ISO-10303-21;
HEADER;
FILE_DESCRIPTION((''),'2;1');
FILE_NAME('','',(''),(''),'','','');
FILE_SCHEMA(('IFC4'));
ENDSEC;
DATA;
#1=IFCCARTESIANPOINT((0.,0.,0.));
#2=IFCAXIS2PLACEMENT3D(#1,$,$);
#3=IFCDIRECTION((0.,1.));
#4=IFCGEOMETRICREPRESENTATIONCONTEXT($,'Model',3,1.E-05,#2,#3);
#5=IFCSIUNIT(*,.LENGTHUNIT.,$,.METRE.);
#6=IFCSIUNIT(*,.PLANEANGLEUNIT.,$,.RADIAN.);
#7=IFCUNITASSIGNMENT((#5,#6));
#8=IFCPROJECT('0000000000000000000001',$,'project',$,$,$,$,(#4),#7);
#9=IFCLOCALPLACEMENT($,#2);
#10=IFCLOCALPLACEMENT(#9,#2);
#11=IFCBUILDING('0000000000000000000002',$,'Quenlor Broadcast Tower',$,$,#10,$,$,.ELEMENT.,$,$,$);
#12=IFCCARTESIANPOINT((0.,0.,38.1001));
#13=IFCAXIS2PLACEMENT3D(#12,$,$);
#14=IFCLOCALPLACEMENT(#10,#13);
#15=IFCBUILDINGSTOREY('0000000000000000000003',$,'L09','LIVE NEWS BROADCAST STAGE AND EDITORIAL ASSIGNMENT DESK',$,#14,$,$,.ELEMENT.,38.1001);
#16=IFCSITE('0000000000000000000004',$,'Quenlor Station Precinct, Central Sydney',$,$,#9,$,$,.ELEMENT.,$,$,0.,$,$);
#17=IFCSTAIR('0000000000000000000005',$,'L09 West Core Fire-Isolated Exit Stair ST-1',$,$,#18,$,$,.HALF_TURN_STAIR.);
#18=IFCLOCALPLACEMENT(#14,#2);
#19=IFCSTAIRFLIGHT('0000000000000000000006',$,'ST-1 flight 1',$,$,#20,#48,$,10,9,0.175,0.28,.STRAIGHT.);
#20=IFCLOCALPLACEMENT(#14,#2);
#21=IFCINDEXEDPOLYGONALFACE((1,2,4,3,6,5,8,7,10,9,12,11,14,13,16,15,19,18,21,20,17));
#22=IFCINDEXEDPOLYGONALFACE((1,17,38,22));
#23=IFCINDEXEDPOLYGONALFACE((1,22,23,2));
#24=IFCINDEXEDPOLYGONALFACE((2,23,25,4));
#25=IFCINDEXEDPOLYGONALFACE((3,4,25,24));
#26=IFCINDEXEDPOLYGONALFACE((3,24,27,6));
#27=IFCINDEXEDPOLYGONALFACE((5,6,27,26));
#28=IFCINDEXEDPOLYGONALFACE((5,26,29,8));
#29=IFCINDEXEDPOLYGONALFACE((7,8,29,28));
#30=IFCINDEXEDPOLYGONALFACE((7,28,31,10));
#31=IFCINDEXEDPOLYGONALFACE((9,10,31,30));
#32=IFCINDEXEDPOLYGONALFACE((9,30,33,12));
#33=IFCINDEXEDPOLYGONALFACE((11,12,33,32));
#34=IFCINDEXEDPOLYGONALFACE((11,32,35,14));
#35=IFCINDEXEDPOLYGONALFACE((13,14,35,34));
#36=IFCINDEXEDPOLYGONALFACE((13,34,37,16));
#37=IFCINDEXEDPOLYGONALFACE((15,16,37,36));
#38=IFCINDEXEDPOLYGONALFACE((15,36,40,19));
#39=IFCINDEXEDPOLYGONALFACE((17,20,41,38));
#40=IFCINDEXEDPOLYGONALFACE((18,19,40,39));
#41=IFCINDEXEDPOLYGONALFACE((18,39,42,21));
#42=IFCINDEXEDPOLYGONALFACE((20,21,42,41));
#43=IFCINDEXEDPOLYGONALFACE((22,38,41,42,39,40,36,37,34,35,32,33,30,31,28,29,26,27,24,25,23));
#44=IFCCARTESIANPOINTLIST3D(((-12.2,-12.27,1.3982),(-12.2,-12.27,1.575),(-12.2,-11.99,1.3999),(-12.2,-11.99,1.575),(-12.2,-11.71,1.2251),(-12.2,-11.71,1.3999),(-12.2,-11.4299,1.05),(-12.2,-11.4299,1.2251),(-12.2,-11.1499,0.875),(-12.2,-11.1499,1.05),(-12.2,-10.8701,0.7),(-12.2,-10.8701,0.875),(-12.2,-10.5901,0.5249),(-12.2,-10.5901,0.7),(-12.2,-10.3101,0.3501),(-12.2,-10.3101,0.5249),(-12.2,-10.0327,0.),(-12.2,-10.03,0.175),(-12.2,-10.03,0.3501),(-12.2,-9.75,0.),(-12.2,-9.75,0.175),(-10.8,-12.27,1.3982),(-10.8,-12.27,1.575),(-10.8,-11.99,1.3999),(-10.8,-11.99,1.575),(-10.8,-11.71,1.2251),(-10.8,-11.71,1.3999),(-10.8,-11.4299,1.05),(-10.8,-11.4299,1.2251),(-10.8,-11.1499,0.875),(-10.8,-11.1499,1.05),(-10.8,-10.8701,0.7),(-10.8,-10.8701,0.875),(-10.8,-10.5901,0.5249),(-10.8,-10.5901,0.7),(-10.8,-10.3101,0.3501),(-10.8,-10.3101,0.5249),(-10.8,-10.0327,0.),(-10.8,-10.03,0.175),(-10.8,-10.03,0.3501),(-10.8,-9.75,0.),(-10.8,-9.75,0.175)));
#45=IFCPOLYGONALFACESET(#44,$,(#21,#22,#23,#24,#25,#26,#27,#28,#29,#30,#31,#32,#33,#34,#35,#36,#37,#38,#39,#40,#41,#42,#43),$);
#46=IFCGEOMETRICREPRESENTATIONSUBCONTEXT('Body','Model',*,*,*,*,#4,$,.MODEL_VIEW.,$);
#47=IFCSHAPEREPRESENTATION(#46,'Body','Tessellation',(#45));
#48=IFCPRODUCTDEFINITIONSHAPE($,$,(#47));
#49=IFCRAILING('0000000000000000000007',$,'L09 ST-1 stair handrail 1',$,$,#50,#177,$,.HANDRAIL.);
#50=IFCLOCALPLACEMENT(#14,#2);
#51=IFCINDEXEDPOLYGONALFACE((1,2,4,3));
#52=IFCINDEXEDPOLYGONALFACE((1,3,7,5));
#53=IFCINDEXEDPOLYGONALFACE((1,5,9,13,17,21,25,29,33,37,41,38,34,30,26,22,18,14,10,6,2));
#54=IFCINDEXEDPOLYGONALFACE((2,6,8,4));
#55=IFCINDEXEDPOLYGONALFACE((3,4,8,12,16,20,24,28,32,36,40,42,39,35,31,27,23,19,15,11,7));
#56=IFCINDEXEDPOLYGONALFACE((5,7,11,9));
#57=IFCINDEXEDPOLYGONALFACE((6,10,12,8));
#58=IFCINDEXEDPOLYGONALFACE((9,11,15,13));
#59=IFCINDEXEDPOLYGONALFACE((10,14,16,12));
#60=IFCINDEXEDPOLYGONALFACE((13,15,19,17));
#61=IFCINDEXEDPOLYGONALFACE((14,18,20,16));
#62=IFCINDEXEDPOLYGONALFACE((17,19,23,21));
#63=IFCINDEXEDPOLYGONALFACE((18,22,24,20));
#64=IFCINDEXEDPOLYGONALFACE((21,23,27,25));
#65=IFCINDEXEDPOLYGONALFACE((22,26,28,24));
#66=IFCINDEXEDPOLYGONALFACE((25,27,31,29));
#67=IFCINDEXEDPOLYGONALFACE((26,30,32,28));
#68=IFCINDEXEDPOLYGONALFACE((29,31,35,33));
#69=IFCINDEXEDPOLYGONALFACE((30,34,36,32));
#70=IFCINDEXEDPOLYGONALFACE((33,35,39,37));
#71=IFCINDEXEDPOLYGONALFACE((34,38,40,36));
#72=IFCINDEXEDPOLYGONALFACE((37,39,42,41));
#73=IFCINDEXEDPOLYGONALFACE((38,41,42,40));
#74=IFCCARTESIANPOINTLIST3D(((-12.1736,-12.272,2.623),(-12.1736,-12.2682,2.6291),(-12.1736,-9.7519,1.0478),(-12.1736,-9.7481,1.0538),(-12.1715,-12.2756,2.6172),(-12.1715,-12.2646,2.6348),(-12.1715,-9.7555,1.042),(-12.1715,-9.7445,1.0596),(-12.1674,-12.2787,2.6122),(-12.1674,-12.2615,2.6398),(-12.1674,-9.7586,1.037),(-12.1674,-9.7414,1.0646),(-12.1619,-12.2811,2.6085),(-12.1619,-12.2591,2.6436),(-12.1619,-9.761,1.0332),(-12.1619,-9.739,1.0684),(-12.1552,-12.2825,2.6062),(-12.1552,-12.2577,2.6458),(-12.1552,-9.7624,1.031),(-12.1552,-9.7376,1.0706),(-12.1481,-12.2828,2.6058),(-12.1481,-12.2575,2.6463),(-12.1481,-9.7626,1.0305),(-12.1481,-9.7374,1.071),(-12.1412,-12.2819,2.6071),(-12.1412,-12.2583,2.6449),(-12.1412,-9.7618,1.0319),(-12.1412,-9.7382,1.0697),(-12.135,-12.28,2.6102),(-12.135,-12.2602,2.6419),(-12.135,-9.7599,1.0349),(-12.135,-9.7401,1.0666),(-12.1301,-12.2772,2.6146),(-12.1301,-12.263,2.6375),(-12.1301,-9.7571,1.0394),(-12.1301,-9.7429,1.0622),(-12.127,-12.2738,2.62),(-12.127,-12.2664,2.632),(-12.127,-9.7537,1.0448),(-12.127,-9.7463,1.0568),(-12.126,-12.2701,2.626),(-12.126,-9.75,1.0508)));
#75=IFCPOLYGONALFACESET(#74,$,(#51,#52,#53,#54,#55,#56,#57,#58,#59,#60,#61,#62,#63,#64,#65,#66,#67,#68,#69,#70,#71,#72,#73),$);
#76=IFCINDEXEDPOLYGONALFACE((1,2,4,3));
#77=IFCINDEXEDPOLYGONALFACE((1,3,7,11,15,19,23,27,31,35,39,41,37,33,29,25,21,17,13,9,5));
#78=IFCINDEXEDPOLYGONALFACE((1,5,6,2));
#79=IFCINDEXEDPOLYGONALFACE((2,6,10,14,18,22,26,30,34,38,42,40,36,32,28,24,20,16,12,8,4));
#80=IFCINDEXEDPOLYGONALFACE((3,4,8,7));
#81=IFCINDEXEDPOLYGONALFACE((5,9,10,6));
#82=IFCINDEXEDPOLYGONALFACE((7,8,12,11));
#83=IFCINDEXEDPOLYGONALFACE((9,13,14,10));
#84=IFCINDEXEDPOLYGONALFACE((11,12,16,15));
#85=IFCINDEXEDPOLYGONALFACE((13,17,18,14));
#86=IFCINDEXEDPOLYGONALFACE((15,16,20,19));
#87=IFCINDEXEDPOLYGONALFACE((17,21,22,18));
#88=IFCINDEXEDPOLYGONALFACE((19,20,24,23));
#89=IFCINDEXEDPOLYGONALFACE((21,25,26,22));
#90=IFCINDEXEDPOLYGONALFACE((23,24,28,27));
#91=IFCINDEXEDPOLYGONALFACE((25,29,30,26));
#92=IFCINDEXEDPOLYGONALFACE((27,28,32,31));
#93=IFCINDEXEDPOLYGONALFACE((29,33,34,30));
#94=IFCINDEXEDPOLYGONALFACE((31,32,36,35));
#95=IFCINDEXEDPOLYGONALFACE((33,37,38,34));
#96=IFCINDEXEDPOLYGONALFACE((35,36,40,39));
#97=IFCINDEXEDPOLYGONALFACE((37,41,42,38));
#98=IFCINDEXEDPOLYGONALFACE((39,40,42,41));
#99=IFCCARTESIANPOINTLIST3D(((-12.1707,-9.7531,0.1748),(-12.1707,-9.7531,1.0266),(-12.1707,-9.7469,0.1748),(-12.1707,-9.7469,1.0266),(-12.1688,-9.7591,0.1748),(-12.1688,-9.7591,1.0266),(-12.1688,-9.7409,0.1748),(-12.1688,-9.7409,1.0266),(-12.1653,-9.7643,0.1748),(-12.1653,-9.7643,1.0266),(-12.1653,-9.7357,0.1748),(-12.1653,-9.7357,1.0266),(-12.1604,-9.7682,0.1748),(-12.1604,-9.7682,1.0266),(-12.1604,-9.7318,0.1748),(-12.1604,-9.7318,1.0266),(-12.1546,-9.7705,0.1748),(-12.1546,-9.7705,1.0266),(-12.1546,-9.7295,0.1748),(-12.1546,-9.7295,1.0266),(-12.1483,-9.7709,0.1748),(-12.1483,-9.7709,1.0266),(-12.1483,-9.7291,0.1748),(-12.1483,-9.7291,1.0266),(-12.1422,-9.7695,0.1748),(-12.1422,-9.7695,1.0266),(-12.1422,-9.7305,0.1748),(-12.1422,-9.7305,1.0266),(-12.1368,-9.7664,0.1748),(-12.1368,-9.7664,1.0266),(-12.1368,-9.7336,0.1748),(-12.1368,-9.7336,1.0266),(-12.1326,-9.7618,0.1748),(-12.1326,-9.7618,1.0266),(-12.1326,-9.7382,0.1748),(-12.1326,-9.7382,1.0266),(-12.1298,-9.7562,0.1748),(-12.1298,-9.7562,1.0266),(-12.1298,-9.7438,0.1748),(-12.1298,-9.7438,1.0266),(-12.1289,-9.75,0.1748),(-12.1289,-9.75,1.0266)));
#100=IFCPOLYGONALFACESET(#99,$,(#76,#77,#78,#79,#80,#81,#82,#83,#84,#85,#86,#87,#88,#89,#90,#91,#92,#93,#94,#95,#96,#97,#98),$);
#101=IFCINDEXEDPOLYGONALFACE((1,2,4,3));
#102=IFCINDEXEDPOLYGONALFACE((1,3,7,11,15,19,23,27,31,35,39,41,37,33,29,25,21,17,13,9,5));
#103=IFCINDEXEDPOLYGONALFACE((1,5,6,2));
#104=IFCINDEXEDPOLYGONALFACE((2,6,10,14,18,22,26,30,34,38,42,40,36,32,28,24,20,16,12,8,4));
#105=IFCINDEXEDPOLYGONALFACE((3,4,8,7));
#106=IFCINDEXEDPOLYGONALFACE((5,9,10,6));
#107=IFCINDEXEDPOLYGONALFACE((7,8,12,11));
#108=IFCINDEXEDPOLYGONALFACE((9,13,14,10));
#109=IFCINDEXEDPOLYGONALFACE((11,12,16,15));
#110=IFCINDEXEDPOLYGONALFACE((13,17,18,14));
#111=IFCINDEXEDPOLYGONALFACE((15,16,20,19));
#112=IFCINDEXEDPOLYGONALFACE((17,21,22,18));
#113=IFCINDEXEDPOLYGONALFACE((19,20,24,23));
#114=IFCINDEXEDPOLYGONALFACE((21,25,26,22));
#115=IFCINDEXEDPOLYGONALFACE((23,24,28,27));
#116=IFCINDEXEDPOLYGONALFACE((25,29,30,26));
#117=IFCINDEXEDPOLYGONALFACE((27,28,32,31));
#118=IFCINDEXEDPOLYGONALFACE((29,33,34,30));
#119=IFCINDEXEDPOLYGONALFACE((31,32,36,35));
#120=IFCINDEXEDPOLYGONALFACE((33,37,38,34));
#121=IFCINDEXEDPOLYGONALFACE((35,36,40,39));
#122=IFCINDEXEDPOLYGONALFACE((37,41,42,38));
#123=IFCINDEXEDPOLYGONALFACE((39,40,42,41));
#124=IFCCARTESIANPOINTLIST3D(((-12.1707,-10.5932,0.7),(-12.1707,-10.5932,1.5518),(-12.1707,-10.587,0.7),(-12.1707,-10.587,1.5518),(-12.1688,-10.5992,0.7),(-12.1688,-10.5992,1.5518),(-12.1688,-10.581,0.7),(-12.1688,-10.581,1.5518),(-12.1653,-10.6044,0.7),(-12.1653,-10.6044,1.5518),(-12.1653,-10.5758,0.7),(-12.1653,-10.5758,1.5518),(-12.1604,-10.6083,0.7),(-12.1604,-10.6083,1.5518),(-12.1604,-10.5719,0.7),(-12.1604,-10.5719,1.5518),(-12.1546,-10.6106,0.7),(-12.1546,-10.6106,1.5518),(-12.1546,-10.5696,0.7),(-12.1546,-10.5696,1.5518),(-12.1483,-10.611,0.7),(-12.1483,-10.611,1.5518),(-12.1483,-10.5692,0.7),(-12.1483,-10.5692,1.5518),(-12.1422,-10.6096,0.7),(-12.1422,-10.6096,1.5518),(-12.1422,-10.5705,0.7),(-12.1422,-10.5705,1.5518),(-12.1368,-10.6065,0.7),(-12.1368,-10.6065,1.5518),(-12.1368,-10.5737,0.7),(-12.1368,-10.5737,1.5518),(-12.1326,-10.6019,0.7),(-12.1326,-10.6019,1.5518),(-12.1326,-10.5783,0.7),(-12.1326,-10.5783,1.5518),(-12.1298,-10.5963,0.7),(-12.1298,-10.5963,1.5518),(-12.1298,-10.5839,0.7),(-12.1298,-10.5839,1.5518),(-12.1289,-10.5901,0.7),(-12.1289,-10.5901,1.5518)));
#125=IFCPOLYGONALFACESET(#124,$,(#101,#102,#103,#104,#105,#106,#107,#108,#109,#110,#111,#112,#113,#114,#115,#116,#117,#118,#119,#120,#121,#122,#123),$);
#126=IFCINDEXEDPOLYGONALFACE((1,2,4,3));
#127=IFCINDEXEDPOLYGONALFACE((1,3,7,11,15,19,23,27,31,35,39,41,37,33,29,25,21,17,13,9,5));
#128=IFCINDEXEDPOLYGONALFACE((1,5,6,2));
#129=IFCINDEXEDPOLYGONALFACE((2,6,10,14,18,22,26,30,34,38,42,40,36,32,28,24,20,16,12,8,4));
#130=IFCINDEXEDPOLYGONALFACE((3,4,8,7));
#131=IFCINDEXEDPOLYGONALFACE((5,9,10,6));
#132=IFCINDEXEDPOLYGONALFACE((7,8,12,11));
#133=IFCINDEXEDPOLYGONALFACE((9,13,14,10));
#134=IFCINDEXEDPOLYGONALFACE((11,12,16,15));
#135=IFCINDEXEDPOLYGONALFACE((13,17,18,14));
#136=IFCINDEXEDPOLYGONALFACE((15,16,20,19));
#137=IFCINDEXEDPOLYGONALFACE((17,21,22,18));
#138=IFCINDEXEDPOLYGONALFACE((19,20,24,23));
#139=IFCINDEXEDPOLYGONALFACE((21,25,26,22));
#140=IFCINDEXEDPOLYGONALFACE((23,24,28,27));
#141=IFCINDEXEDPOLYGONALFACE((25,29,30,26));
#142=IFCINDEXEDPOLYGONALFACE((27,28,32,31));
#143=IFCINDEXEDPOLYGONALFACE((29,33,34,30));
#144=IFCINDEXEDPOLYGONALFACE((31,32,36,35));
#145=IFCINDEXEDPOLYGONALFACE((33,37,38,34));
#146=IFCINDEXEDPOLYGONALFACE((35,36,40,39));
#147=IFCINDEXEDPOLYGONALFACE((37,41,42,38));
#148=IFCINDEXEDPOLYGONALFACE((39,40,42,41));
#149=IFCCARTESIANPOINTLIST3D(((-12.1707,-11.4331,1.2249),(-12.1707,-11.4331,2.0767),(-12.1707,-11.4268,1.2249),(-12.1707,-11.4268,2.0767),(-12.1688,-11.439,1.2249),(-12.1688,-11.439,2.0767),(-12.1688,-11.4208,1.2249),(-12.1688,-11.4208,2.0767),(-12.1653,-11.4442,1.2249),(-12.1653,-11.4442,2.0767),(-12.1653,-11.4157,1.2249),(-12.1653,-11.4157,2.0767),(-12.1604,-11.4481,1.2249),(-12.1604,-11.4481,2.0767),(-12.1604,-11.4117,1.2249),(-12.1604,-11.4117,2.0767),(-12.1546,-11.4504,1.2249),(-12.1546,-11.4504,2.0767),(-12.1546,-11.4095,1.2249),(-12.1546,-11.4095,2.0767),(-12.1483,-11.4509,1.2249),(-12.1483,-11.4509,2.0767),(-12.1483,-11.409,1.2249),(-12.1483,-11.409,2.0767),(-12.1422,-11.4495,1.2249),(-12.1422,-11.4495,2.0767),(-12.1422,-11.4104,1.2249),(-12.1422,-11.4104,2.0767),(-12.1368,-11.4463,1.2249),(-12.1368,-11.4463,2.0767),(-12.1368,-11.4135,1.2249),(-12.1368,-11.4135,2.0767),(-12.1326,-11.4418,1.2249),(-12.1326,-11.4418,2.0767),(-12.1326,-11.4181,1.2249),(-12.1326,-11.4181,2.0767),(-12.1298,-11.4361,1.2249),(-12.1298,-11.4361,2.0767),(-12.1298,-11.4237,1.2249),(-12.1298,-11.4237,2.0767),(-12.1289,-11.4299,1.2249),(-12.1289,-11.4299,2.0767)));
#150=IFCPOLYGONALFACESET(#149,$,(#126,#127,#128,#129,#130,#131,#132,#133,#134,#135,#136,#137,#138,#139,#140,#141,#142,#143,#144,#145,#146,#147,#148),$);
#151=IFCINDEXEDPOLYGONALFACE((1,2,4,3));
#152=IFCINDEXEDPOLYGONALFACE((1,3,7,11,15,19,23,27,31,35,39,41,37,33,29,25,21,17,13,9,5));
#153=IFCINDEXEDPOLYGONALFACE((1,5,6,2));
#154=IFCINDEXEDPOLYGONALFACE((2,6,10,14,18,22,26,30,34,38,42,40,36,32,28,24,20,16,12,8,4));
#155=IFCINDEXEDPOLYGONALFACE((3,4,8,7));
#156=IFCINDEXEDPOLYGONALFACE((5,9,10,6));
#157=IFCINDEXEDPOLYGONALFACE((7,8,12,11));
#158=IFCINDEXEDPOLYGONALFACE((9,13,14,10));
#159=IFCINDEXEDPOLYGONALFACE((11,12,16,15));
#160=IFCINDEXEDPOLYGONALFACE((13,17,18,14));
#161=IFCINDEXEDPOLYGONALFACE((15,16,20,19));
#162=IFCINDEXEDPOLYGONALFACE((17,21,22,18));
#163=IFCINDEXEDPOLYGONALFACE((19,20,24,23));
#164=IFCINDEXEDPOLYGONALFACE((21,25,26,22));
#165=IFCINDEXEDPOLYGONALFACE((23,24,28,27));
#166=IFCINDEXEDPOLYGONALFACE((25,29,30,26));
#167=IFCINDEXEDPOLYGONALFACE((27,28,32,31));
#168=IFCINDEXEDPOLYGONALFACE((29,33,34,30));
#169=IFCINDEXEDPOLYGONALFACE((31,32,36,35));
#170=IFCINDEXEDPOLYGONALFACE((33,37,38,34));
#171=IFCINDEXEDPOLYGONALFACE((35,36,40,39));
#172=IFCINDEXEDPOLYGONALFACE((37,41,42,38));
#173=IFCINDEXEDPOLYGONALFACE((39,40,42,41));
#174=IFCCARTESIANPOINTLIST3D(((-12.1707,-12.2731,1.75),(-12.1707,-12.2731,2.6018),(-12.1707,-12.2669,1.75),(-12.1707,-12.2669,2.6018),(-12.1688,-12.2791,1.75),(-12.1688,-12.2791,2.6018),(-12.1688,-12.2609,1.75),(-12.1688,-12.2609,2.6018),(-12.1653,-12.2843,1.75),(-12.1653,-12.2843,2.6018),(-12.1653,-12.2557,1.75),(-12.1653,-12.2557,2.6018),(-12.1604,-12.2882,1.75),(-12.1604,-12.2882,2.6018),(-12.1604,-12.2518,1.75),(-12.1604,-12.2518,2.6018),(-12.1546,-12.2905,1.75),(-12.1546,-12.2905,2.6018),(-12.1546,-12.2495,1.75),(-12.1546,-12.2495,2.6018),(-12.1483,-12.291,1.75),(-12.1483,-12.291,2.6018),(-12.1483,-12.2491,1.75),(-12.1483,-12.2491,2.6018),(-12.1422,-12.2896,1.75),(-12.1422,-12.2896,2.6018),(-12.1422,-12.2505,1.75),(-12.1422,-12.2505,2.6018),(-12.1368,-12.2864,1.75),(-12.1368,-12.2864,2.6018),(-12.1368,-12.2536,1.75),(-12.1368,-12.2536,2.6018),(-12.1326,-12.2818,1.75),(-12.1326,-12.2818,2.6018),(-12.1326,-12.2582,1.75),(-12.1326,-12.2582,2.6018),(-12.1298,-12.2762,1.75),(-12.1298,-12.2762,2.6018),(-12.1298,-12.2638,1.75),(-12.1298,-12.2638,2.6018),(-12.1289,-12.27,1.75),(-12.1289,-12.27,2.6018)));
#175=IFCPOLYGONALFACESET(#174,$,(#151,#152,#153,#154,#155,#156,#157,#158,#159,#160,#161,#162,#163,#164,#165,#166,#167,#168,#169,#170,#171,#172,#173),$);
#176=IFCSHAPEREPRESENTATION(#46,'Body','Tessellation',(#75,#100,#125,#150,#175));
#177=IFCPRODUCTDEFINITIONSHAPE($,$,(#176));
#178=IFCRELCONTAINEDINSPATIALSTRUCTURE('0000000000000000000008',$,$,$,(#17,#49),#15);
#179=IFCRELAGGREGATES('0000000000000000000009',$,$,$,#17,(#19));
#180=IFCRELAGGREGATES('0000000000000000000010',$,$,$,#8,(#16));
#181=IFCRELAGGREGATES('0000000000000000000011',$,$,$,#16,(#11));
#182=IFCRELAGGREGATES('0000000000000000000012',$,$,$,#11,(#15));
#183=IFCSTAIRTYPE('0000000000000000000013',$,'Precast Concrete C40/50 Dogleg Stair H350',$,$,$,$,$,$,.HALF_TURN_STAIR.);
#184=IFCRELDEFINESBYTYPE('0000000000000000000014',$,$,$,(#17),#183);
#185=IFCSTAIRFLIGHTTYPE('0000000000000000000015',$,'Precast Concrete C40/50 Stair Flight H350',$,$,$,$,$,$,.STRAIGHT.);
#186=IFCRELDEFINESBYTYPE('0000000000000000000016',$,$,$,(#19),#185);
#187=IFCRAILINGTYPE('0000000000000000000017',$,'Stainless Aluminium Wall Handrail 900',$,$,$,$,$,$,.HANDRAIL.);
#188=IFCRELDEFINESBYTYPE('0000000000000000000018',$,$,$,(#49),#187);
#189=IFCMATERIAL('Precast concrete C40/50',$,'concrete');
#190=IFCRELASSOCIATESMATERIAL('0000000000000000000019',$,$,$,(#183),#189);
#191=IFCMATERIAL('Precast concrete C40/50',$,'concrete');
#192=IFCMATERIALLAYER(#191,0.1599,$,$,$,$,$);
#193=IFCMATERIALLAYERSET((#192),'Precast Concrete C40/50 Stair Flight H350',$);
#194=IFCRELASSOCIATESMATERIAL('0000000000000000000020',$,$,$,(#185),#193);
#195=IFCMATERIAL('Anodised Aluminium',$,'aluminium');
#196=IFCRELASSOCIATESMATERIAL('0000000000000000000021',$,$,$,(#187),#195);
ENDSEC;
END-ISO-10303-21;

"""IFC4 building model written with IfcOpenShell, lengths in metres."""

from ifc_helpers import new_model, si_unit, direction, frame, origin, origin_2d, place, context, subcontext, project, spatial, polyline, circle, outline, extrude, material, layer, layer_set, type_object, element, aggregate, save


model = new_model("IFC4")

# Units and contexts
model_context = context("Model", 3, precision=1e-05, world=origin(), true_north=direction((0.0, 1.0)))
body_context = subcontext(model_context, "Body", "Model", "MODEL_VIEW")
ifc_project = project(units=[si_unit("LENGTHUNIT", "METRE"), si_unit("PLANEANGLEUNIT", "RADIAN")], contexts=[model_context])

# Site, building, storey
site_placement = place(None, origin())
site = spatial("IfcSite", under=ifc_project, at=site_placement, Name="Quenlor Station Precinct, Central Sydney", CompositionType="ELEMENT", RefElevation=0.0)
building_placement = place(site_placement, origin())
building = spatial("IfcBuilding", under=site, at=building_placement, Name="Quenlor Broadcast Tower", CompositionType="ELEMENT")
storey_placement = place(building_placement, frame((0.0, 0.0, 38.1001)))
storey = spatial("IfcBuildingStorey", under=building, at=storey_placement, Name="L09", Description="LIVE NEWS BROADCAST STAGE AND EDITORIAL ASSIGNMENT DESK", CompositionType="ELEMENT", Elevation=38.1001)

# Stair, stair flight
ifc_material_1 = material(Name="Precast concrete C40/50", Category="concrete")
stair_type = type_object("IfcStairType", Name="Precast Concrete C40/50 Dogleg Stair H350", PredefinedType="HALF_TURN_STAIR", material=ifc_material_1)
stair_placement = place(storey_placement, origin())
stair = element("IfcStair", 1, at=stair_placement, inside=storey, type_object=stair_type, Name="L09 West Core Fire-Isolated Exit Stair ST-1", PredefinedType="HALF_TURN_STAIR")
ifc_material_2 = material(Name="Precast concrete C40/50", Category="concrete")
ifc_layer_1 = layer(ifc_material_2, 0.1599)
ifc_layer_set_1 = layer_set([ifc_layer_1], Name="Precast Concrete C40/50 Stair Flight H350")
stair_flight_type = type_object("IfcStairFlightType", Name="Precast Concrete C40/50 Stair Flight H350", PredefinedType="STRAIGHT", material=ifc_layer_set_1)
stair_flight_placement = place(storey_placement, frame((-11.5, -9.75, 0.0), z_axis=(0.0, 0.0, 1.0), x_axis=(0.0, -1.0, 0.0)))
stair_flight = element("IfcStairFlight", 2, at=stair_flight_placement, type_object=stair_flight_type, Name="ST-1 flight 1", NumberOfRisers=10, NumberOfTreads=9, PredefinedType="STRAIGHT", RiserHeight=0.175, TreadLength=0.28, context=body_context, shape_type="SweptSolid", body=[
    extrude(outline(polyline([(0.0, 0.0), (0.0, 0.175), (0.28, 0.175), (0.28, 0.3501), (0.5601, 0.3501), (0.5601, 0.5249), (0.8401, 0.5249), (0.8401, 0.7), (1.1201, 0.7), (1.1201, 0.875), (1.3999, 0.875), (1.3999, 1.05), (1.6799, 1.05), (1.6799, 1.2251), (1.96, 1.2251), (1.96, 1.3999), (2.24, 1.3999), (2.24, 1.575), (2.52, 1.575), (2.52, 1.75), (2.52, 1.3982), (0.2827, 0.0), (0.0, 0.0)])), frame((0.0, 0.7, 0.0), z_axis=(0.0, -1.0, 0.0), x_axis=(1.0, 0.0, 0.0)), (0.0, 0.0, 1.0), 1.3999),
])
aggregate(stair, [stair_flight])

# Railing
ifc_material_3 = material(Name="Anodised Aluminium", Category="aluminium")
railing_type = type_object("IfcRailingType", Name="Stainless Aluminium Wall Handrail 900", PredefinedType="HANDRAIL", material=ifc_material_3)
railing_placement = place(storey_placement, frame((-12.1499, -9.75, 0.1748)))
element("IfcRailing", 3, at=railing_placement, inside=storey, type_object=railing_type, Name="L09 ST-1 stair handrail 1", PredefinedType="HANDRAIL", context=body_context, shape_type="SweptSolid", body=[
    extrude(circle(Radius=0.0239, at=origin_2d()), frame((0.0, 0.0, 0.876), z_axis=(0.0, -0.847971, 0.530043), x_axis=(1.0, 0.0, 0.0)), (0.0, 0.0, 1.0), 2.9719),
    extrude(circle(Radius=0.021, at=origin_2d()), origin(), (0.0, 0.0, 1.0), 0.8518),
    extrude(circle(Radius=0.021, at=origin_2d()), frame((0.0, -0.8401, 0.5251)), (0.0, 0.0, 1.0), 0.8518),
    extrude(circle(Radius=0.021, at=origin_2d()), frame((0.0, -1.6799, 1.05)), (0.0, 0.0, 1.0), 0.8518),
    extrude(circle(Radius=0.021, at=origin_2d()), frame((0.0, -2.52, 1.5752)), (0.0, 0.0, 1.0), 0.8518),
])

save(model, "model.ifc")
